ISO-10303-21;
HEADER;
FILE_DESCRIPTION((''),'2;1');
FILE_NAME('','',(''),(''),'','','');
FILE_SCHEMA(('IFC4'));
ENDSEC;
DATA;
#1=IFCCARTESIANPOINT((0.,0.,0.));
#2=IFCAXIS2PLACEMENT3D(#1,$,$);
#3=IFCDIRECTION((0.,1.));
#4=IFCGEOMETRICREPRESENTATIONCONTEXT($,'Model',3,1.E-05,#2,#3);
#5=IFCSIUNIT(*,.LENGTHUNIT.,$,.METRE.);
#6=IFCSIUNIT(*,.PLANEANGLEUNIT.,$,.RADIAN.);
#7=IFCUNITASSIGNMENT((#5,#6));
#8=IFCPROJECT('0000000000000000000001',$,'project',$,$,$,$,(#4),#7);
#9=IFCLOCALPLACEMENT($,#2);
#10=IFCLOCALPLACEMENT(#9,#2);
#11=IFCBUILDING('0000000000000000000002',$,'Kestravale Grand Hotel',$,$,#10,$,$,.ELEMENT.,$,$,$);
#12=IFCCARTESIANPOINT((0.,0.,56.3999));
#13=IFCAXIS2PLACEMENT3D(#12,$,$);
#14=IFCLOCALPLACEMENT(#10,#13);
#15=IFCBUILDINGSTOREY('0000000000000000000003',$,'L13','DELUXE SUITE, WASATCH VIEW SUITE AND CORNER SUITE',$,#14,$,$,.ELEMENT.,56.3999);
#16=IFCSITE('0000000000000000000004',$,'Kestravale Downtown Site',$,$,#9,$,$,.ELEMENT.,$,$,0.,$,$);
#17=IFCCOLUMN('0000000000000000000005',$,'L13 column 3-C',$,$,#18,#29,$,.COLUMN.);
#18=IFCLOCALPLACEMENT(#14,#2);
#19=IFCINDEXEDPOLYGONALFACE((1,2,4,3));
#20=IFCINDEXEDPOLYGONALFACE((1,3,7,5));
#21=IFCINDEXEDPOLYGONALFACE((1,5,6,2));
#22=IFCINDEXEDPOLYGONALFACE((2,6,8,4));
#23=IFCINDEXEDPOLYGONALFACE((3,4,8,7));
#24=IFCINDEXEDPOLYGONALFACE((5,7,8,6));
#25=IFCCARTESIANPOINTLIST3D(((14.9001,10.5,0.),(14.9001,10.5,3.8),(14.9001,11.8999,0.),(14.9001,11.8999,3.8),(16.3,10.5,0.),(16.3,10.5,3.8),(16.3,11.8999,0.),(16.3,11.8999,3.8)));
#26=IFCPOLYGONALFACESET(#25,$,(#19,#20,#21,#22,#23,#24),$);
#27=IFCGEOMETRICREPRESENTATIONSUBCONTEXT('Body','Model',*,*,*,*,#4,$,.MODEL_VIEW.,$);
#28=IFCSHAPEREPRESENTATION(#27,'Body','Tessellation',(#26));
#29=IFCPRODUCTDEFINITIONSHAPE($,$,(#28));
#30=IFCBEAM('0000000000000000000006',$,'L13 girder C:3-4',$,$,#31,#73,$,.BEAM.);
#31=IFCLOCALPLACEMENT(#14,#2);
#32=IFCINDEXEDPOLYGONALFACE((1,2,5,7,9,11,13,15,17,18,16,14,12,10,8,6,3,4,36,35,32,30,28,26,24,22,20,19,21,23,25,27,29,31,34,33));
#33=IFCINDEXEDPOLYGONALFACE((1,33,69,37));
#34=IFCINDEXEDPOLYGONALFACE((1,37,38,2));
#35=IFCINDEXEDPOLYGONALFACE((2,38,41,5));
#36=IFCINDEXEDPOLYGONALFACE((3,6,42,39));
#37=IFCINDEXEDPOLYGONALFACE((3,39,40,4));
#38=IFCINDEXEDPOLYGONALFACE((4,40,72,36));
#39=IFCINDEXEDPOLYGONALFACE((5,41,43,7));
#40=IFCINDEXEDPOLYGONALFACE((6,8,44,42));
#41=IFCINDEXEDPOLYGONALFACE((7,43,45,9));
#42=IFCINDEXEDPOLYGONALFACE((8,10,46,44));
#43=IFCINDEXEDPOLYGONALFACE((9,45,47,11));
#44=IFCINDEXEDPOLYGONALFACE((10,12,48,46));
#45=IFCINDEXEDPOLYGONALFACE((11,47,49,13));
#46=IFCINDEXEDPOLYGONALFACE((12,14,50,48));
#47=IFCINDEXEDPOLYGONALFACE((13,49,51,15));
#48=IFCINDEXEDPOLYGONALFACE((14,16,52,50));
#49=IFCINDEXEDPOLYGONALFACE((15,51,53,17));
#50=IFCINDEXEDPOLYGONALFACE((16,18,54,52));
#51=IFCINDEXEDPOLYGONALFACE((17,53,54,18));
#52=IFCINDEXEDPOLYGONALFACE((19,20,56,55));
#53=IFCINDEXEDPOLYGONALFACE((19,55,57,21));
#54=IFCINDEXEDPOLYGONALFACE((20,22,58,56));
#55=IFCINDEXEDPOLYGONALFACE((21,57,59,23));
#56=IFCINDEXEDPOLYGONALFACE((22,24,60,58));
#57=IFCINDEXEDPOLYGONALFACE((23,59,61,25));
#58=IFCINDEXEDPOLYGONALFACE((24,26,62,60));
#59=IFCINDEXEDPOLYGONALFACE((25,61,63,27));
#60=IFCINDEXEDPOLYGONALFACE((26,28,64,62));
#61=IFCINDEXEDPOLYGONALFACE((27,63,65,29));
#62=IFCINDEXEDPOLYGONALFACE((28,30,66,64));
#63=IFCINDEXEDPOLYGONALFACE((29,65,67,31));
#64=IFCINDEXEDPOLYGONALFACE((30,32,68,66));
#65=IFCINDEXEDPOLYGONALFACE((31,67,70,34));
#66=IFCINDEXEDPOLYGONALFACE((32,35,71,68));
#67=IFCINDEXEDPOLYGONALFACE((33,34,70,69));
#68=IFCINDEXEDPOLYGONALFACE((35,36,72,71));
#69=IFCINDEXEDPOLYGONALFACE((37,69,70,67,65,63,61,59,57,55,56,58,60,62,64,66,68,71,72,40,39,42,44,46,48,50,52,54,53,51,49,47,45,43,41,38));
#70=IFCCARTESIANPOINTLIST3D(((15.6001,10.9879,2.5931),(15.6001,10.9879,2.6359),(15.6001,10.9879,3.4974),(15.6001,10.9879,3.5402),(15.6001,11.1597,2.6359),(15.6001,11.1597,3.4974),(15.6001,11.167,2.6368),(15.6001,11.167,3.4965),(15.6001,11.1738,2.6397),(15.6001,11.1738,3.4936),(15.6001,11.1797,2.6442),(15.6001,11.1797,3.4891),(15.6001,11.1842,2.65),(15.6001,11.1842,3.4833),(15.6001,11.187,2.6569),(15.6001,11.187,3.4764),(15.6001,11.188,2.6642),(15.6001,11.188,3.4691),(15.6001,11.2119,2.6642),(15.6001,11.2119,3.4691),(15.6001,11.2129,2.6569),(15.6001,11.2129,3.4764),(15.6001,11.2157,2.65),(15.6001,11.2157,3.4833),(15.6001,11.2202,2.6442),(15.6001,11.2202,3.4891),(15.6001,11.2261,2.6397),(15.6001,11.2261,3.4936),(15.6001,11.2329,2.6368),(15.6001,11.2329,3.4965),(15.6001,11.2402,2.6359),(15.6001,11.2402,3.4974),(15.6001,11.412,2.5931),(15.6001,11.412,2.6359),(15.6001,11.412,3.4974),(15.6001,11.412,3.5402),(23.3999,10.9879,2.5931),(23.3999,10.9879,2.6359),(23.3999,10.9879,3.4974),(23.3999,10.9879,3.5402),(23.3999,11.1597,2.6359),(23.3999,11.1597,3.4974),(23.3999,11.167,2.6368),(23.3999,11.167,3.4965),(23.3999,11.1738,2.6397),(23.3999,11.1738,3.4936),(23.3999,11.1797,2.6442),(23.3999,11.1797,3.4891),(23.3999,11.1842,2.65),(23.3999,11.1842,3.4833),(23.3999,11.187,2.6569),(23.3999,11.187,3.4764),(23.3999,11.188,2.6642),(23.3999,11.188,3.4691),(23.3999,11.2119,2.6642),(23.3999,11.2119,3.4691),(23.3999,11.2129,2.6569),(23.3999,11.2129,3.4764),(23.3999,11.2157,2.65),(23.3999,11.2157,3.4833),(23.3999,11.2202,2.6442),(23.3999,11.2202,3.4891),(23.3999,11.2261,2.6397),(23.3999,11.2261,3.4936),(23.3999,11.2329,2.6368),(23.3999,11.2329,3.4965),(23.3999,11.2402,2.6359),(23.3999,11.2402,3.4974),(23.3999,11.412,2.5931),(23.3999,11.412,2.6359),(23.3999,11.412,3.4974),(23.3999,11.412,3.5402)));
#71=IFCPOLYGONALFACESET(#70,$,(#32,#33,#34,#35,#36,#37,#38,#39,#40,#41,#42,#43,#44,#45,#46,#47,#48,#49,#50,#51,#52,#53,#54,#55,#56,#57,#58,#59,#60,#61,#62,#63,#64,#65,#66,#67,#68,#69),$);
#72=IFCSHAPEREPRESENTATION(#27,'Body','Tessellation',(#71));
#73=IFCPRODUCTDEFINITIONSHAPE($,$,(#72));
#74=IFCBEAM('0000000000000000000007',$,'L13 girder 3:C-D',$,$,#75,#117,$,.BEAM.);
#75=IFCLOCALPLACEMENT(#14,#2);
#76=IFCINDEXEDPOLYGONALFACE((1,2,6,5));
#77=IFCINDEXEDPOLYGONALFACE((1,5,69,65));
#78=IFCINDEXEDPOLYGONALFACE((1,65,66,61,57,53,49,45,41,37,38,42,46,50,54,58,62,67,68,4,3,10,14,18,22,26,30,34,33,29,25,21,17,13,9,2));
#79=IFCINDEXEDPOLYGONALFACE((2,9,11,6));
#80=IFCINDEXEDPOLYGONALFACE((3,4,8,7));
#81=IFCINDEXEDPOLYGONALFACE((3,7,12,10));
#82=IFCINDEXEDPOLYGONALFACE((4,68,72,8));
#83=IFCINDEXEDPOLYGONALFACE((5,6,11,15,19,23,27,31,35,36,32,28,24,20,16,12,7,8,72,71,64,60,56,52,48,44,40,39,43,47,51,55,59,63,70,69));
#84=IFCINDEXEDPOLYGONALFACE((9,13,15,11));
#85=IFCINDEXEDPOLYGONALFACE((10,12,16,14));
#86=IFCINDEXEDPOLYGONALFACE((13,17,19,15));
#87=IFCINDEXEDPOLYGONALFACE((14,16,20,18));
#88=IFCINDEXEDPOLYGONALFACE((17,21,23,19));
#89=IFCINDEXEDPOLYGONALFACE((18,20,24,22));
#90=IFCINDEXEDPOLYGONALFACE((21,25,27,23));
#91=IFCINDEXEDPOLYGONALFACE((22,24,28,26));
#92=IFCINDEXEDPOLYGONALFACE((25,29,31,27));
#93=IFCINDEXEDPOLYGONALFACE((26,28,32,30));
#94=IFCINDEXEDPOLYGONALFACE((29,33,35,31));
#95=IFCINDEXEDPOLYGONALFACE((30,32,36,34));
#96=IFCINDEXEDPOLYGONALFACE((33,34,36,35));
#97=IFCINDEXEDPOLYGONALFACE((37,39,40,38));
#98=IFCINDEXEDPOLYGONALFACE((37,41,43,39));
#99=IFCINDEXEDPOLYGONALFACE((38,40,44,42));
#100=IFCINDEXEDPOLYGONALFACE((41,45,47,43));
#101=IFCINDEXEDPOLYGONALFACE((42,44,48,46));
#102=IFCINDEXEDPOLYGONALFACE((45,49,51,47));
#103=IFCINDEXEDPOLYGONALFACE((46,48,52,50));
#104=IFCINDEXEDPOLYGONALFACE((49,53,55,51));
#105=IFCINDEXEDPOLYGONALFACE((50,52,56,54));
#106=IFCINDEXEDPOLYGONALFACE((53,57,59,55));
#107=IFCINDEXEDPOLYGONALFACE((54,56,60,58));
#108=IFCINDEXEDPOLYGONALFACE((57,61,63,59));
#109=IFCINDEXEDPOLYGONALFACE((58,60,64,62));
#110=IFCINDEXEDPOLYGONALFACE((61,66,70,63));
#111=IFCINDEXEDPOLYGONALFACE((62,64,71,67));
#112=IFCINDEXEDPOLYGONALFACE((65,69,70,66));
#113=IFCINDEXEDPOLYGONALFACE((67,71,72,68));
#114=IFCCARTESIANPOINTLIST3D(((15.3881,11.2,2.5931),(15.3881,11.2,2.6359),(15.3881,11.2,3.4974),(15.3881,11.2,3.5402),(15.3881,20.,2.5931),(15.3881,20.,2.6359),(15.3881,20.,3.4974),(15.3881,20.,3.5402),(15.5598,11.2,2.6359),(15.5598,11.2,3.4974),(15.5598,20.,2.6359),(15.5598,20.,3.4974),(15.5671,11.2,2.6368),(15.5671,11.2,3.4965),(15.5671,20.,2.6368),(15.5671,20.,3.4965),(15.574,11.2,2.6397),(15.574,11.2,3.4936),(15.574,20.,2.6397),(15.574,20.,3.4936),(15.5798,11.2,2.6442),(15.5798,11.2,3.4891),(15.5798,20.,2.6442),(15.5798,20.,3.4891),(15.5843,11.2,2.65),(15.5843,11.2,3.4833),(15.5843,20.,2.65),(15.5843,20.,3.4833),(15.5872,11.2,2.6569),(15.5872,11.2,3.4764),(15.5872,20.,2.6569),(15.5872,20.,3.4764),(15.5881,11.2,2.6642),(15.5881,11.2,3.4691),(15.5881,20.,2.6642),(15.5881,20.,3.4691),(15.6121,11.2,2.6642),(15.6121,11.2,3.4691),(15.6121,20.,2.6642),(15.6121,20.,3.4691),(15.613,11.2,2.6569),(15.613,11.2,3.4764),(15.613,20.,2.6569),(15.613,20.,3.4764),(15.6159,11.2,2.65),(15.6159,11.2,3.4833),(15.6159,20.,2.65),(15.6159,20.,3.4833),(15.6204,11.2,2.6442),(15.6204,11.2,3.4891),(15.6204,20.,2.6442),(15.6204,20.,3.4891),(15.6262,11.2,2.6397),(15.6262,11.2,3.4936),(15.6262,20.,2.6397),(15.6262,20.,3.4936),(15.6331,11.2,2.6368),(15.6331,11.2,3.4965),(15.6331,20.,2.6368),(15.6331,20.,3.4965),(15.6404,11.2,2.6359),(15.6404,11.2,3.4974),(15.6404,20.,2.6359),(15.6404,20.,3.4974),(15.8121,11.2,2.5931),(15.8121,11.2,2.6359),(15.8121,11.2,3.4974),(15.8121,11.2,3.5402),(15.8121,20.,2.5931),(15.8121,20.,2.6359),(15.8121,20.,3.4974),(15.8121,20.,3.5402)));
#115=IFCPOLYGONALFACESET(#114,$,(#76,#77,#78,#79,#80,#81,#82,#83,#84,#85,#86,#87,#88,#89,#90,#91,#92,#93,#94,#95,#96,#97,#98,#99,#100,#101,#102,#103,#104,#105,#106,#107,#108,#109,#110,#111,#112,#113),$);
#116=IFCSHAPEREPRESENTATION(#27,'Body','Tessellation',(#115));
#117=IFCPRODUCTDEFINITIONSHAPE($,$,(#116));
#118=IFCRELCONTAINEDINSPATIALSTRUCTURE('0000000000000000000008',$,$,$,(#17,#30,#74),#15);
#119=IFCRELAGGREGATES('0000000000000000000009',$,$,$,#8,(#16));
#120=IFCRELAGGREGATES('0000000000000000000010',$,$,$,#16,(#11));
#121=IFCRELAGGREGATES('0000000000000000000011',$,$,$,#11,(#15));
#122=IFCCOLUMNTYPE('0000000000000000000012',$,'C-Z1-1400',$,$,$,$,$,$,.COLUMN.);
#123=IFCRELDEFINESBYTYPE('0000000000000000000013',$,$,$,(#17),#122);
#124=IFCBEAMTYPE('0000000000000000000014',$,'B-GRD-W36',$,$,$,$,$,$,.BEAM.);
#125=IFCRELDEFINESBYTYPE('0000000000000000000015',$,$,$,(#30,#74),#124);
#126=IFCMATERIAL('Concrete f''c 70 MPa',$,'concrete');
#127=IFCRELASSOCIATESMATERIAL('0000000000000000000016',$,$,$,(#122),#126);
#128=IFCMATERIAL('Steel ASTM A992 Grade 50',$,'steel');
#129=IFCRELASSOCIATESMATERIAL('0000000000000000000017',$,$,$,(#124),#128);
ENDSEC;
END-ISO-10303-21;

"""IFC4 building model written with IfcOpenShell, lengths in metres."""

from ifc_helpers import new_model, si_unit, direction, frame, origin, origin_2d, place, context, subcontext, project, spatial, rectangle, i_section, extrude, material, material_profile, profile_set, type_object, element, save


model = new_model("IFC4")

# Units and contexts
model_context = context("Model", 3, precision=1e-05, world=origin(), true_north=direction((0.0, 1.0)))
body_context = subcontext(model_context, "Body", "Model", "MODEL_VIEW")
ifc_project = project(units=[si_unit("LENGTHUNIT", "METRE"), si_unit("PLANEANGLEUNIT", "RADIAN")], contexts=[model_context])

# Site, building, storey
site_placement = place(None, origin())
site = spatial("IfcSite", under=ifc_project, at=site_placement, Name="Kestravale Downtown Site", CompositionType="ELEMENT", RefElevation=0.0)
building_placement = place(site_placement, origin())
building = spatial("IfcBuilding", under=site, at=building_placement, Name="Kestravale Grand Hotel", CompositionType="ELEMENT")
storey_placement = place(building_placement, frame((0.0, 0.0, 56.3999)))
storey = spatial("IfcBuildingStorey", under=building, at=storey_placement, Name="L13", Description="DELUXE SUITE, WASATCH VIEW SUITE AND CORNER SUITE", CompositionType="ELEMENT", Elevation=56.3999)

# Column
ifc_material_1 = material(Name="Concrete f'c 70 MPa", Category="concrete")
ifc_material_profile_1 = material_profile(ifc_material_1, rectangle(XDim=1.3999, YDim=1.3999, at=origin_2d()))
ifc_profile_set_1 = profile_set([ifc_material_profile_1], Name="Concrete f'c 70 MPa")
column_type = type_object("IfcColumnType", Name="C-Z1-1400", PredefinedType="COLUMN", material=ifc_profile_set_1)
column_placement = place(storey_placement, frame((15.6001, 11.2, 0.0), z_axis=(0.0, 0.0, 1.0), x_axis=(1.0, 0.0, 0.0)))
element("IfcColumn", 1, at=column_placement, inside=storey, type_object=column_type, Name="L13 column 3-C", PredefinedType="COLUMN", context=body_context, shape_type="SweptSolid", body=[
    extrude(rectangle(XDim=1.3999, YDim=1.3999, at=origin_2d()), origin(), (0.0, 0.0, 1.0), 3.8),
])

# Beams
ifc_material_2 = material(Name="Steel ASTM A992 Grade 50", Category="steel")
ifc_material_profile_2 = material_profile(ifc_material_2, i_section(OverallWidth=0.4241, OverallDepth=0.947, WebThickness=0.0239, FlangeThickness=0.0427, FilletRadius=0.0283, at=origin_2d()))
ifc_profile_set_2 = profile_set([ifc_material_profile_2], Name="Steel ASTM A992 Grade 50")
beam_type = type_object("IfcBeamType", Name="B-GRD-W36", PredefinedType="BEAM", material=ifc_profile_set_2)
beam_1_placement = place(storey_placement, frame((15.6001, 11.2, 3.0667), z_axis=(1.0, 0.0, 0.0), x_axis=(0.0, 1.0, 0.0)))
element("IfcBeam", 2, at=beam_1_placement, inside=storey, type_object=beam_type, Name="L13 girder C:3-4", PredefinedType="BEAM", context=body_context, shape_type="SweptSolid", body=[
    extrude(i_section(OverallWidth=0.4241, OverallDepth=0.947, WebThickness=0.0239, FlangeThickness=0.0427, FilletRadius=0.0283, at=origin_2d()), origin(), (0.0, 0.0, 1.0), 7.7998),
])
beam_2_placement = place(storey_placement, frame((15.6001, 11.2, 3.0667), z_axis=(0.0, 1.0, 0.0), x_axis=(-1.0, 0.0, 0.0)))
element("IfcBeam", 3, at=beam_2_placement, inside=storey, type_object=beam_type, Name="L13 girder 3:C-D", PredefinedType="BEAM", context=body_context, shape_type="SweptSolid", body=[
    extrude(i_section(OverallWidth=0.4241, OverallDepth=0.947, WebThickness=0.0239, FlangeThickness=0.0427, FilletRadius=0.0283, at=origin_2d()), origin(), (0.0, 0.0, 1.0), 8.8),
])

save(model, "model.ifc")
